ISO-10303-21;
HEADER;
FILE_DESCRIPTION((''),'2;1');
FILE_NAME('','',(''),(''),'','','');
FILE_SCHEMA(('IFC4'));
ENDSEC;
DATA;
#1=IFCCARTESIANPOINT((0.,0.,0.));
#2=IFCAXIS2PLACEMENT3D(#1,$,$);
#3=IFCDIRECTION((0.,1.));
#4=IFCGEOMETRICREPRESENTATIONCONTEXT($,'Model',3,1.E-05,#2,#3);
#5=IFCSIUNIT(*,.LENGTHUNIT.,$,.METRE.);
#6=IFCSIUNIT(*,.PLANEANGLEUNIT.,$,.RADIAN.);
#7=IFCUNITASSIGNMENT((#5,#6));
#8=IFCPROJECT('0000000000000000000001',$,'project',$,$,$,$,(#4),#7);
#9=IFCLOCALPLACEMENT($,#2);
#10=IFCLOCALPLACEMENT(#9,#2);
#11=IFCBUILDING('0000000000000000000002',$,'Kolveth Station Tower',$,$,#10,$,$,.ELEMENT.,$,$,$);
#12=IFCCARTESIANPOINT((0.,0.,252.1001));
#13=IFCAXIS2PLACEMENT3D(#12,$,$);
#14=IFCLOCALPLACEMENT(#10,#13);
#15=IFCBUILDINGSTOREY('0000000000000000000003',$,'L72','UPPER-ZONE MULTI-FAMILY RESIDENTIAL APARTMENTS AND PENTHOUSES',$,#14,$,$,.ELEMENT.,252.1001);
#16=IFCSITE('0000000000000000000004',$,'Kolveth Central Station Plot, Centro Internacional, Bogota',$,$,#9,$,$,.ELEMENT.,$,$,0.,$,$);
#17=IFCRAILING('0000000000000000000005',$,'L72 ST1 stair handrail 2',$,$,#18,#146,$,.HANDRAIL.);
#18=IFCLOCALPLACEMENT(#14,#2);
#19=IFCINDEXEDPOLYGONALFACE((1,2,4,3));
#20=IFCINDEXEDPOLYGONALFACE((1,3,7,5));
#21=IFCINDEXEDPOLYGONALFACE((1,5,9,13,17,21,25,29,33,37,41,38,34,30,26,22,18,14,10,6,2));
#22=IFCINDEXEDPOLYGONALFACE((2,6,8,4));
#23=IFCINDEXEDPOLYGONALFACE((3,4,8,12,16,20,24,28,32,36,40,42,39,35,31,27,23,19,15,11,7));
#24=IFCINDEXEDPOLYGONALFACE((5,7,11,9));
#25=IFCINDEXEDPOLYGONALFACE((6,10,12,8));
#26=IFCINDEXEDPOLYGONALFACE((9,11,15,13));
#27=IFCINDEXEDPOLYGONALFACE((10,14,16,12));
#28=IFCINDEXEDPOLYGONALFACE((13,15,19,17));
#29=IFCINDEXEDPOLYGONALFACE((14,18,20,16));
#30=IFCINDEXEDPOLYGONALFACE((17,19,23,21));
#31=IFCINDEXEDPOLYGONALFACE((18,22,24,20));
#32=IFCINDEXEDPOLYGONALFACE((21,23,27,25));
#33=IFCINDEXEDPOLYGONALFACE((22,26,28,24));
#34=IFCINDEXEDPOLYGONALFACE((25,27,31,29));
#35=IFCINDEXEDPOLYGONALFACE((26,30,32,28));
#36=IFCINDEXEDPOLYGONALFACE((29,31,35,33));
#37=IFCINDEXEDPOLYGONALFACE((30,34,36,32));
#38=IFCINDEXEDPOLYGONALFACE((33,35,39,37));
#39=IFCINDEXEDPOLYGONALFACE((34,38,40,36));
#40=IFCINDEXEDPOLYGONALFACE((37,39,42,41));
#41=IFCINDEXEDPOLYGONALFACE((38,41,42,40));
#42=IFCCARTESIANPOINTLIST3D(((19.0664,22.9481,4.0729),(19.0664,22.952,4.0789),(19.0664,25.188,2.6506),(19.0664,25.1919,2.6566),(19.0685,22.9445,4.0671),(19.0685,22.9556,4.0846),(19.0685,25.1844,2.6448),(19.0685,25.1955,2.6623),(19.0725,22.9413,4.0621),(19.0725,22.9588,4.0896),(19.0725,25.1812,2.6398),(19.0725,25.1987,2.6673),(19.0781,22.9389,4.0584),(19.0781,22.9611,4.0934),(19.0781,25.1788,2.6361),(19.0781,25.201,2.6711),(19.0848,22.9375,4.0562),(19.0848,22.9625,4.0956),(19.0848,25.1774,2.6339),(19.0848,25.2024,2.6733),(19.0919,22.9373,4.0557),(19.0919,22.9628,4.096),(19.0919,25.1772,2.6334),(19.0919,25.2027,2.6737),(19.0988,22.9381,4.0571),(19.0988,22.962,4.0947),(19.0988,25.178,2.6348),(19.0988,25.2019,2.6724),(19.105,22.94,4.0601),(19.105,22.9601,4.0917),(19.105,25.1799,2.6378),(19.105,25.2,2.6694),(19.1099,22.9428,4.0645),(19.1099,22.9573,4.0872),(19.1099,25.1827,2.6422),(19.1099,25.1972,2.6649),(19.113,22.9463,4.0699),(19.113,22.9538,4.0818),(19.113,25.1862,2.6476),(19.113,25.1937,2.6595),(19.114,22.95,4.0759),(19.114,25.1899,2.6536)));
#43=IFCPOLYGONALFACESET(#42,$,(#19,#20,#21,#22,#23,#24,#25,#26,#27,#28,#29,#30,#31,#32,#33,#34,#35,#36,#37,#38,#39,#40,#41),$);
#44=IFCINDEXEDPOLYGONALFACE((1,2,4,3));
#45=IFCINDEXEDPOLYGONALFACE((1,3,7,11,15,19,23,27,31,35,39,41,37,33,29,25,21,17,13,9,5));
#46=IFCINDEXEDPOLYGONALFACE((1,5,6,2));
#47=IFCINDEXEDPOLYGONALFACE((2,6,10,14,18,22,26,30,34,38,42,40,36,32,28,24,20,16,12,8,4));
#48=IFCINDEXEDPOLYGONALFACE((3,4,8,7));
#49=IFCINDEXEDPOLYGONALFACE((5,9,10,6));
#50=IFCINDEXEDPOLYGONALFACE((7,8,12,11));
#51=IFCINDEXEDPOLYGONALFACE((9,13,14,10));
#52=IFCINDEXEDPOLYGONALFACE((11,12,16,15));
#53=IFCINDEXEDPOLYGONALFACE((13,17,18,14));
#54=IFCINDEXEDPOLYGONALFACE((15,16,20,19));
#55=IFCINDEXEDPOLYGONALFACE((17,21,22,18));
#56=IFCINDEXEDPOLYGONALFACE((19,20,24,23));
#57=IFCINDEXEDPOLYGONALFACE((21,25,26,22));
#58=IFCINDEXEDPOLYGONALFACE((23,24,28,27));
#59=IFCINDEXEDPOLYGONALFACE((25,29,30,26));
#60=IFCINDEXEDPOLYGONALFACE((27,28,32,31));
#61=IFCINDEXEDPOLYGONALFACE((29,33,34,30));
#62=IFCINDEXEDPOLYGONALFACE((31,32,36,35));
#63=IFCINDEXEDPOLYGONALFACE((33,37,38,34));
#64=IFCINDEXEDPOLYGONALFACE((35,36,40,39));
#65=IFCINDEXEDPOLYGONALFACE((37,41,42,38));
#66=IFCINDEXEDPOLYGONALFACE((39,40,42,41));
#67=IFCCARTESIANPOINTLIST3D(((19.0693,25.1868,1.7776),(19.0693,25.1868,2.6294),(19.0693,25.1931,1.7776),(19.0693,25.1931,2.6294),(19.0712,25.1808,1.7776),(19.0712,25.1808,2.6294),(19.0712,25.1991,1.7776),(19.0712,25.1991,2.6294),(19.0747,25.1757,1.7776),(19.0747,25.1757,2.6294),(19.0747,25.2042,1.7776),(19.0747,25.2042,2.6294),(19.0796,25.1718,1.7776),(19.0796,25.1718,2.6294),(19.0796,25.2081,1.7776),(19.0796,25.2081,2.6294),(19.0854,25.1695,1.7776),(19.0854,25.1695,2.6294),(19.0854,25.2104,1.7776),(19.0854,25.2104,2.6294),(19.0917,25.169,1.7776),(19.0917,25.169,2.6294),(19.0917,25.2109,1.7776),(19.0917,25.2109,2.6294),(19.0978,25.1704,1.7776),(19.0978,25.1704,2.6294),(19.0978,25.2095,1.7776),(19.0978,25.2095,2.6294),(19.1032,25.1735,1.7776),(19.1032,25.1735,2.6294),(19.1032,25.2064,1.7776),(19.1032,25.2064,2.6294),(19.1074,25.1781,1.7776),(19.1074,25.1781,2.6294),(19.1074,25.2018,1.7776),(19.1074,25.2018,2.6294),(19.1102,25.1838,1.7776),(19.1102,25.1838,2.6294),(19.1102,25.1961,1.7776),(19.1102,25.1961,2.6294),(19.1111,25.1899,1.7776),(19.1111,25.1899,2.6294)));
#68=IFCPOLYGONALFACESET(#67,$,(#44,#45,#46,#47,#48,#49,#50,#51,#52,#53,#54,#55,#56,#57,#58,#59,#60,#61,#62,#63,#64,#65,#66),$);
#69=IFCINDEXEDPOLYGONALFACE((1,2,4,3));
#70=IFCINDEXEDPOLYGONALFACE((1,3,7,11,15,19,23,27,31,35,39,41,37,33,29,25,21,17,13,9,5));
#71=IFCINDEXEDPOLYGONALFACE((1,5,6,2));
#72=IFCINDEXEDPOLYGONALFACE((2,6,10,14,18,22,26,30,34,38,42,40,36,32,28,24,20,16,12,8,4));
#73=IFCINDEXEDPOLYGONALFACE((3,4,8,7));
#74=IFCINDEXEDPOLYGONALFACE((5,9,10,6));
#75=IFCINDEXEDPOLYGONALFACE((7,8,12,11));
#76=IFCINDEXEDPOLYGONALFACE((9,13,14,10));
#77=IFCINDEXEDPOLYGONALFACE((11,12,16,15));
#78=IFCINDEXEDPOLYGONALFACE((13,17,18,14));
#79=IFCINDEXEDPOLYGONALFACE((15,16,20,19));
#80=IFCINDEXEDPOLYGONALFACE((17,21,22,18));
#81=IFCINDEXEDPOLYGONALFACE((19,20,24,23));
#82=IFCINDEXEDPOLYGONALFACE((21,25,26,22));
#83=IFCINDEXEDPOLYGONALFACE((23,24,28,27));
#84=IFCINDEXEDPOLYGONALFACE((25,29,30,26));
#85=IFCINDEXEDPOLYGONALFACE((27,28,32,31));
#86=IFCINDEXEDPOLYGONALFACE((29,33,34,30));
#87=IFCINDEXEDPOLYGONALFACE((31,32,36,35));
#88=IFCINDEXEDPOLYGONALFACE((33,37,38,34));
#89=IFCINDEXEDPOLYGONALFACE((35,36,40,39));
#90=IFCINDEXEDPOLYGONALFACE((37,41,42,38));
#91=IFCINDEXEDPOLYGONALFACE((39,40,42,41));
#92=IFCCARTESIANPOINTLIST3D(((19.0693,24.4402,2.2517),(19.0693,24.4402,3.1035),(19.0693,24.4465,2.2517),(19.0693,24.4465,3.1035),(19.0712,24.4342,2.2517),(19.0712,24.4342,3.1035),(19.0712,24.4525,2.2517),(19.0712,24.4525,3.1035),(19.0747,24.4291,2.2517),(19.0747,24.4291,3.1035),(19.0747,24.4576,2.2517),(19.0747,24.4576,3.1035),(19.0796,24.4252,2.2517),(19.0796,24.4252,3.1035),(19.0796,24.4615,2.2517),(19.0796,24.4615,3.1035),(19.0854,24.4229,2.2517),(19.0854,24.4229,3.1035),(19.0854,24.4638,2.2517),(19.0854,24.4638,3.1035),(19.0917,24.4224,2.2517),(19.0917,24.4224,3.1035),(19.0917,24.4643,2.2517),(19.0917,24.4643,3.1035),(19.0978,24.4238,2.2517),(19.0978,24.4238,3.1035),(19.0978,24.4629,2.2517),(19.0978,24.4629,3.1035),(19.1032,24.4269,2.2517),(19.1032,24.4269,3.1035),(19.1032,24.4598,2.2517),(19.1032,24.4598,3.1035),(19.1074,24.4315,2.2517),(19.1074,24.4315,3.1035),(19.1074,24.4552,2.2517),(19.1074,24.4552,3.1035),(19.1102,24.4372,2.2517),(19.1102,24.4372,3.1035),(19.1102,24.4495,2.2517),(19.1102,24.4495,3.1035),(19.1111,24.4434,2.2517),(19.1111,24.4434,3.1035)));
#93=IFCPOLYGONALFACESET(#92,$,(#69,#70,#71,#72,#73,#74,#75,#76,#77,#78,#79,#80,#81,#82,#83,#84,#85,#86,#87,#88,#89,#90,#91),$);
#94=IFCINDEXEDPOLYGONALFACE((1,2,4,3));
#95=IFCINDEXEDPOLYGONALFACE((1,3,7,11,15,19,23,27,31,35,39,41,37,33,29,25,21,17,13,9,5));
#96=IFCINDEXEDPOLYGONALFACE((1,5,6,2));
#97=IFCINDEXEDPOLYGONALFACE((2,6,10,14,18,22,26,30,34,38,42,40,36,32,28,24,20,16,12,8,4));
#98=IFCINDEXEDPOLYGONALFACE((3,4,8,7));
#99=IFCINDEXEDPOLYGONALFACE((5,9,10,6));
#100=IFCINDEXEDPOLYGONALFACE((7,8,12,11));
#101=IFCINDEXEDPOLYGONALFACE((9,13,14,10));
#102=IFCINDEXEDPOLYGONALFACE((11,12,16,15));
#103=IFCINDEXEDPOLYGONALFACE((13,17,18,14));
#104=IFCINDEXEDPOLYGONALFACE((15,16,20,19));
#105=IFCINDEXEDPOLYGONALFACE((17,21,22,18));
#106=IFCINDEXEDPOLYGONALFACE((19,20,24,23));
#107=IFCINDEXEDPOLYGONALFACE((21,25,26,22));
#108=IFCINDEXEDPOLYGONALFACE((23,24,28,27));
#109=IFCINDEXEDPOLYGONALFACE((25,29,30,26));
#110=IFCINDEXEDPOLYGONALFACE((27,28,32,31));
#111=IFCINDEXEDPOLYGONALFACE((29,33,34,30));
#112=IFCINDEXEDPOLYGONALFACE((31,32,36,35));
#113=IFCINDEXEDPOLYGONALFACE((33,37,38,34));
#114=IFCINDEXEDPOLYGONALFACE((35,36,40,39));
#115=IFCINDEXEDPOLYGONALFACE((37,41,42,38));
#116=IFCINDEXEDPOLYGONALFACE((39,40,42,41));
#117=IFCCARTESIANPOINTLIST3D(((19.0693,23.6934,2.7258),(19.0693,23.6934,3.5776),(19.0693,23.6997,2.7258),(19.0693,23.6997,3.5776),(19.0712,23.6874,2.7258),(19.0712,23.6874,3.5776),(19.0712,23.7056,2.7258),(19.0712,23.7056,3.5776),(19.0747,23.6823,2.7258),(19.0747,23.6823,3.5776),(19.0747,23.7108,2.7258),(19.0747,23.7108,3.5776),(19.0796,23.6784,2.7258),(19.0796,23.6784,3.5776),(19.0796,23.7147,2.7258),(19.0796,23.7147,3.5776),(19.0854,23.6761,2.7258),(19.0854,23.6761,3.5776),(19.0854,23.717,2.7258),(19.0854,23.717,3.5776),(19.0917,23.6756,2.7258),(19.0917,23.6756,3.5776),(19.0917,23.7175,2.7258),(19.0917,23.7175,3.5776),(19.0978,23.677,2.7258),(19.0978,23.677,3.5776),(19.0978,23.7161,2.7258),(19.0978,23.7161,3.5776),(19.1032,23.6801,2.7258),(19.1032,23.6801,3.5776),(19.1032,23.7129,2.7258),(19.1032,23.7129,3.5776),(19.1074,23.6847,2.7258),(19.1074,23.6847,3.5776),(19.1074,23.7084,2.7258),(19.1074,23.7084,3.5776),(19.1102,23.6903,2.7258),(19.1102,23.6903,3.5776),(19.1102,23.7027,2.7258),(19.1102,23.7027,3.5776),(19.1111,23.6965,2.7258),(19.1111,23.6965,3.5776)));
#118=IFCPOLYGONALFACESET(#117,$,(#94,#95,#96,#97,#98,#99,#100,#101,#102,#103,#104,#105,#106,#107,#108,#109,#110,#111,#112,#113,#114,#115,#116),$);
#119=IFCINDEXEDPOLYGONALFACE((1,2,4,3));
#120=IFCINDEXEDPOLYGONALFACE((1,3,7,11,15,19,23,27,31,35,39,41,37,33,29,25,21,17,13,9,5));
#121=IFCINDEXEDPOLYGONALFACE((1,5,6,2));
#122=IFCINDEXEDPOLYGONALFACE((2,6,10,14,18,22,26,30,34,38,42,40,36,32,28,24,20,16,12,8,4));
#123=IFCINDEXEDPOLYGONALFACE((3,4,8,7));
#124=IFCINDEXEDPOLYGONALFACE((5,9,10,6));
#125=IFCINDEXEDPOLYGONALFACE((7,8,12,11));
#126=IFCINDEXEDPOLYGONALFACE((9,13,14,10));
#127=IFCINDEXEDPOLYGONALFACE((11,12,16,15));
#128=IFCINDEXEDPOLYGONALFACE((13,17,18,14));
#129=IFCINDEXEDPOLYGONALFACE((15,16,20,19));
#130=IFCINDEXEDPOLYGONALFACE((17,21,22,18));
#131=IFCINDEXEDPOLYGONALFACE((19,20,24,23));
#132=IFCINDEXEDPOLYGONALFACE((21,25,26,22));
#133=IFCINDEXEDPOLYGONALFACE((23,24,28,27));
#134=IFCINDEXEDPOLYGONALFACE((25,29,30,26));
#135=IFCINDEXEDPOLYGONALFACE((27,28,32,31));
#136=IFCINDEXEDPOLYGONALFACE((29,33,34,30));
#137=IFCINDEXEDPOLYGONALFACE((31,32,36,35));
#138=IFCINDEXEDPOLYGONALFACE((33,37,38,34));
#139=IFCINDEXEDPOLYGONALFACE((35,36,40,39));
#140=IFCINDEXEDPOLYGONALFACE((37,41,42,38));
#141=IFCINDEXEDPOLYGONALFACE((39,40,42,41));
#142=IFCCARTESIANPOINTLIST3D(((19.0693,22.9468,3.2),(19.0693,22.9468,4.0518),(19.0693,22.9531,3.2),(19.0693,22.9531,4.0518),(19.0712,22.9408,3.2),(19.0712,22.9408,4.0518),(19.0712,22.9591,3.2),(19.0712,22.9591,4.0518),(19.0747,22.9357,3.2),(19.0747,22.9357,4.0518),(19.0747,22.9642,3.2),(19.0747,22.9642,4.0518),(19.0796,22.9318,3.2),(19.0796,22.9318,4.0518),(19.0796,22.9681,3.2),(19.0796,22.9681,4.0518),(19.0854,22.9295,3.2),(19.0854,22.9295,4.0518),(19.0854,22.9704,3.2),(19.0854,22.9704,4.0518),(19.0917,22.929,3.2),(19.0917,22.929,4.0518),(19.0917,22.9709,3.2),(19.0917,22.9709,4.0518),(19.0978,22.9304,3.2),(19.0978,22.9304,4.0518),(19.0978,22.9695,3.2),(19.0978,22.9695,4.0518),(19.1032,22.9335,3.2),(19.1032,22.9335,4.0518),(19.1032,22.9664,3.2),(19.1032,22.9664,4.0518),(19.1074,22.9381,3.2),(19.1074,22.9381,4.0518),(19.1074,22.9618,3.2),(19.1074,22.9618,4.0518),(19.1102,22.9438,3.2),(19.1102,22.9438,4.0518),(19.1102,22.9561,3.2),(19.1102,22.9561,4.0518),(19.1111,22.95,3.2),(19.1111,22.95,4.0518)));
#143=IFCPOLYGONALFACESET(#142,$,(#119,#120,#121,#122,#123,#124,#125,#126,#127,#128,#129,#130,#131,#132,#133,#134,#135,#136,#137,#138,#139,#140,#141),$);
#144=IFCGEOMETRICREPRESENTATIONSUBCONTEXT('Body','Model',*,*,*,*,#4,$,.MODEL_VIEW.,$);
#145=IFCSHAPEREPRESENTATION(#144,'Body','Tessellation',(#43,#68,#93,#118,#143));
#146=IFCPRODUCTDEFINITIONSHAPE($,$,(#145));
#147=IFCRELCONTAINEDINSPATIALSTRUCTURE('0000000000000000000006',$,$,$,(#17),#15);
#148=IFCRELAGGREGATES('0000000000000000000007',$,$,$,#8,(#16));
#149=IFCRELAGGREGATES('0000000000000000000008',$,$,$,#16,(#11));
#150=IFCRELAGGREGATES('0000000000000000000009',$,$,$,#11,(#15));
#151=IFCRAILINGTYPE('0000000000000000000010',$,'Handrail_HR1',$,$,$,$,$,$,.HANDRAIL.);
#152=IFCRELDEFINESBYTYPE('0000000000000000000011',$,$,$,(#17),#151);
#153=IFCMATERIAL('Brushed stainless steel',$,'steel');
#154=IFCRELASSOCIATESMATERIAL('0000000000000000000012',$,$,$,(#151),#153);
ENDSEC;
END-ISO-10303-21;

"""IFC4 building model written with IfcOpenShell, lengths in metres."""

from ifc_helpers import new_model, si_unit, direction, frame, origin, origin_2d, place, context, subcontext, project, spatial, circle, extrude, material, type_object, element, save


model = new_model("IFC4")

# Units and contexts
model_context = context("Model", 3, precision=1e-05, world=origin(), true_north=direction((0.0, 1.0)))
body_context = subcontext(model_context, "Body", "Model", "MODEL_VIEW")
ifc_project = project(units=[si_unit("LENGTHUNIT", "METRE"), si_unit("PLANEANGLEUNIT", "RADIAN")], contexts=[model_context])

# Site, building, storey
site_placement = place(None, origin())
site = spatial("IfcSite", under=ifc_project, at=site_placement, Name="Kolveth Central Station Plot, Centro Internacional, Bogota", CompositionType="ELEMENT", RefElevation=0.0)
building_placement = place(site_placement, origin())
building = spatial("IfcBuilding", under=site, at=building_placement, Name="Kolveth Station Tower", CompositionType="ELEMENT")
storey_placement = place(building_placement, frame((0.0, 0.0, 252.1001)))
storey = spatial("IfcBuildingStorey", under=building, at=storey_placement, Name="L72", Description="UPPER-ZONE MULTI-FAMILY RESIDENTIAL APARTMENTS AND PENTHOUSES", CompositionType="ELEMENT", Elevation=252.1001)

# Railing
ifc_material_1 = material(Name="Brushed stainless steel", Category="steel")
railing_type_1 = type_object("IfcRailingType", Name="Handrail_HR1", PredefinedType="HANDRAIL", material=ifc_material_1)
railing_1_placement = place(storey_placement, frame((19.0901, 25.1899, 1.7776)))
element("IfcRailing", 1, at=railing_1_placement, inside=storey, type_object=railing_type_1, Name="L72 ST1 stair handrail 2", PredefinedType="HANDRAIL", context=body_context, shape_type="SweptSolid", body=[
    extrude(circle(Radius=0.0239, at=origin_2d()), frame((0.0, 0.0, 0.876), z_axis=(0.0, -0.844188, 0.536048), x_axis=(1.0, 0.0, 0.0)), (0.0, 0.0, 1.0), 2.6533),
    extrude(circle(Radius=0.021, at=origin_2d()), origin(), (0.0, 0.0, 1.0), 0.8518),
    extrude(circle(Radius=0.021, at=origin_2d()), frame((0.0, -0.7466, 0.4741)), (0.0, 0.0, 1.0), 0.8518),
    extrude(circle(Radius=0.021, at=origin_2d()), frame((0.0, -1.4934, 0.9482)), (0.0, 0.0, 1.0), 0.8518),
    extrude(circle(Radius=0.021, at=origin_2d()), frame((0.0, -2.24, 1.4224)), (0.0, 0.0, 1.0), 0.8518),
])

save(model, "model.ifc")
